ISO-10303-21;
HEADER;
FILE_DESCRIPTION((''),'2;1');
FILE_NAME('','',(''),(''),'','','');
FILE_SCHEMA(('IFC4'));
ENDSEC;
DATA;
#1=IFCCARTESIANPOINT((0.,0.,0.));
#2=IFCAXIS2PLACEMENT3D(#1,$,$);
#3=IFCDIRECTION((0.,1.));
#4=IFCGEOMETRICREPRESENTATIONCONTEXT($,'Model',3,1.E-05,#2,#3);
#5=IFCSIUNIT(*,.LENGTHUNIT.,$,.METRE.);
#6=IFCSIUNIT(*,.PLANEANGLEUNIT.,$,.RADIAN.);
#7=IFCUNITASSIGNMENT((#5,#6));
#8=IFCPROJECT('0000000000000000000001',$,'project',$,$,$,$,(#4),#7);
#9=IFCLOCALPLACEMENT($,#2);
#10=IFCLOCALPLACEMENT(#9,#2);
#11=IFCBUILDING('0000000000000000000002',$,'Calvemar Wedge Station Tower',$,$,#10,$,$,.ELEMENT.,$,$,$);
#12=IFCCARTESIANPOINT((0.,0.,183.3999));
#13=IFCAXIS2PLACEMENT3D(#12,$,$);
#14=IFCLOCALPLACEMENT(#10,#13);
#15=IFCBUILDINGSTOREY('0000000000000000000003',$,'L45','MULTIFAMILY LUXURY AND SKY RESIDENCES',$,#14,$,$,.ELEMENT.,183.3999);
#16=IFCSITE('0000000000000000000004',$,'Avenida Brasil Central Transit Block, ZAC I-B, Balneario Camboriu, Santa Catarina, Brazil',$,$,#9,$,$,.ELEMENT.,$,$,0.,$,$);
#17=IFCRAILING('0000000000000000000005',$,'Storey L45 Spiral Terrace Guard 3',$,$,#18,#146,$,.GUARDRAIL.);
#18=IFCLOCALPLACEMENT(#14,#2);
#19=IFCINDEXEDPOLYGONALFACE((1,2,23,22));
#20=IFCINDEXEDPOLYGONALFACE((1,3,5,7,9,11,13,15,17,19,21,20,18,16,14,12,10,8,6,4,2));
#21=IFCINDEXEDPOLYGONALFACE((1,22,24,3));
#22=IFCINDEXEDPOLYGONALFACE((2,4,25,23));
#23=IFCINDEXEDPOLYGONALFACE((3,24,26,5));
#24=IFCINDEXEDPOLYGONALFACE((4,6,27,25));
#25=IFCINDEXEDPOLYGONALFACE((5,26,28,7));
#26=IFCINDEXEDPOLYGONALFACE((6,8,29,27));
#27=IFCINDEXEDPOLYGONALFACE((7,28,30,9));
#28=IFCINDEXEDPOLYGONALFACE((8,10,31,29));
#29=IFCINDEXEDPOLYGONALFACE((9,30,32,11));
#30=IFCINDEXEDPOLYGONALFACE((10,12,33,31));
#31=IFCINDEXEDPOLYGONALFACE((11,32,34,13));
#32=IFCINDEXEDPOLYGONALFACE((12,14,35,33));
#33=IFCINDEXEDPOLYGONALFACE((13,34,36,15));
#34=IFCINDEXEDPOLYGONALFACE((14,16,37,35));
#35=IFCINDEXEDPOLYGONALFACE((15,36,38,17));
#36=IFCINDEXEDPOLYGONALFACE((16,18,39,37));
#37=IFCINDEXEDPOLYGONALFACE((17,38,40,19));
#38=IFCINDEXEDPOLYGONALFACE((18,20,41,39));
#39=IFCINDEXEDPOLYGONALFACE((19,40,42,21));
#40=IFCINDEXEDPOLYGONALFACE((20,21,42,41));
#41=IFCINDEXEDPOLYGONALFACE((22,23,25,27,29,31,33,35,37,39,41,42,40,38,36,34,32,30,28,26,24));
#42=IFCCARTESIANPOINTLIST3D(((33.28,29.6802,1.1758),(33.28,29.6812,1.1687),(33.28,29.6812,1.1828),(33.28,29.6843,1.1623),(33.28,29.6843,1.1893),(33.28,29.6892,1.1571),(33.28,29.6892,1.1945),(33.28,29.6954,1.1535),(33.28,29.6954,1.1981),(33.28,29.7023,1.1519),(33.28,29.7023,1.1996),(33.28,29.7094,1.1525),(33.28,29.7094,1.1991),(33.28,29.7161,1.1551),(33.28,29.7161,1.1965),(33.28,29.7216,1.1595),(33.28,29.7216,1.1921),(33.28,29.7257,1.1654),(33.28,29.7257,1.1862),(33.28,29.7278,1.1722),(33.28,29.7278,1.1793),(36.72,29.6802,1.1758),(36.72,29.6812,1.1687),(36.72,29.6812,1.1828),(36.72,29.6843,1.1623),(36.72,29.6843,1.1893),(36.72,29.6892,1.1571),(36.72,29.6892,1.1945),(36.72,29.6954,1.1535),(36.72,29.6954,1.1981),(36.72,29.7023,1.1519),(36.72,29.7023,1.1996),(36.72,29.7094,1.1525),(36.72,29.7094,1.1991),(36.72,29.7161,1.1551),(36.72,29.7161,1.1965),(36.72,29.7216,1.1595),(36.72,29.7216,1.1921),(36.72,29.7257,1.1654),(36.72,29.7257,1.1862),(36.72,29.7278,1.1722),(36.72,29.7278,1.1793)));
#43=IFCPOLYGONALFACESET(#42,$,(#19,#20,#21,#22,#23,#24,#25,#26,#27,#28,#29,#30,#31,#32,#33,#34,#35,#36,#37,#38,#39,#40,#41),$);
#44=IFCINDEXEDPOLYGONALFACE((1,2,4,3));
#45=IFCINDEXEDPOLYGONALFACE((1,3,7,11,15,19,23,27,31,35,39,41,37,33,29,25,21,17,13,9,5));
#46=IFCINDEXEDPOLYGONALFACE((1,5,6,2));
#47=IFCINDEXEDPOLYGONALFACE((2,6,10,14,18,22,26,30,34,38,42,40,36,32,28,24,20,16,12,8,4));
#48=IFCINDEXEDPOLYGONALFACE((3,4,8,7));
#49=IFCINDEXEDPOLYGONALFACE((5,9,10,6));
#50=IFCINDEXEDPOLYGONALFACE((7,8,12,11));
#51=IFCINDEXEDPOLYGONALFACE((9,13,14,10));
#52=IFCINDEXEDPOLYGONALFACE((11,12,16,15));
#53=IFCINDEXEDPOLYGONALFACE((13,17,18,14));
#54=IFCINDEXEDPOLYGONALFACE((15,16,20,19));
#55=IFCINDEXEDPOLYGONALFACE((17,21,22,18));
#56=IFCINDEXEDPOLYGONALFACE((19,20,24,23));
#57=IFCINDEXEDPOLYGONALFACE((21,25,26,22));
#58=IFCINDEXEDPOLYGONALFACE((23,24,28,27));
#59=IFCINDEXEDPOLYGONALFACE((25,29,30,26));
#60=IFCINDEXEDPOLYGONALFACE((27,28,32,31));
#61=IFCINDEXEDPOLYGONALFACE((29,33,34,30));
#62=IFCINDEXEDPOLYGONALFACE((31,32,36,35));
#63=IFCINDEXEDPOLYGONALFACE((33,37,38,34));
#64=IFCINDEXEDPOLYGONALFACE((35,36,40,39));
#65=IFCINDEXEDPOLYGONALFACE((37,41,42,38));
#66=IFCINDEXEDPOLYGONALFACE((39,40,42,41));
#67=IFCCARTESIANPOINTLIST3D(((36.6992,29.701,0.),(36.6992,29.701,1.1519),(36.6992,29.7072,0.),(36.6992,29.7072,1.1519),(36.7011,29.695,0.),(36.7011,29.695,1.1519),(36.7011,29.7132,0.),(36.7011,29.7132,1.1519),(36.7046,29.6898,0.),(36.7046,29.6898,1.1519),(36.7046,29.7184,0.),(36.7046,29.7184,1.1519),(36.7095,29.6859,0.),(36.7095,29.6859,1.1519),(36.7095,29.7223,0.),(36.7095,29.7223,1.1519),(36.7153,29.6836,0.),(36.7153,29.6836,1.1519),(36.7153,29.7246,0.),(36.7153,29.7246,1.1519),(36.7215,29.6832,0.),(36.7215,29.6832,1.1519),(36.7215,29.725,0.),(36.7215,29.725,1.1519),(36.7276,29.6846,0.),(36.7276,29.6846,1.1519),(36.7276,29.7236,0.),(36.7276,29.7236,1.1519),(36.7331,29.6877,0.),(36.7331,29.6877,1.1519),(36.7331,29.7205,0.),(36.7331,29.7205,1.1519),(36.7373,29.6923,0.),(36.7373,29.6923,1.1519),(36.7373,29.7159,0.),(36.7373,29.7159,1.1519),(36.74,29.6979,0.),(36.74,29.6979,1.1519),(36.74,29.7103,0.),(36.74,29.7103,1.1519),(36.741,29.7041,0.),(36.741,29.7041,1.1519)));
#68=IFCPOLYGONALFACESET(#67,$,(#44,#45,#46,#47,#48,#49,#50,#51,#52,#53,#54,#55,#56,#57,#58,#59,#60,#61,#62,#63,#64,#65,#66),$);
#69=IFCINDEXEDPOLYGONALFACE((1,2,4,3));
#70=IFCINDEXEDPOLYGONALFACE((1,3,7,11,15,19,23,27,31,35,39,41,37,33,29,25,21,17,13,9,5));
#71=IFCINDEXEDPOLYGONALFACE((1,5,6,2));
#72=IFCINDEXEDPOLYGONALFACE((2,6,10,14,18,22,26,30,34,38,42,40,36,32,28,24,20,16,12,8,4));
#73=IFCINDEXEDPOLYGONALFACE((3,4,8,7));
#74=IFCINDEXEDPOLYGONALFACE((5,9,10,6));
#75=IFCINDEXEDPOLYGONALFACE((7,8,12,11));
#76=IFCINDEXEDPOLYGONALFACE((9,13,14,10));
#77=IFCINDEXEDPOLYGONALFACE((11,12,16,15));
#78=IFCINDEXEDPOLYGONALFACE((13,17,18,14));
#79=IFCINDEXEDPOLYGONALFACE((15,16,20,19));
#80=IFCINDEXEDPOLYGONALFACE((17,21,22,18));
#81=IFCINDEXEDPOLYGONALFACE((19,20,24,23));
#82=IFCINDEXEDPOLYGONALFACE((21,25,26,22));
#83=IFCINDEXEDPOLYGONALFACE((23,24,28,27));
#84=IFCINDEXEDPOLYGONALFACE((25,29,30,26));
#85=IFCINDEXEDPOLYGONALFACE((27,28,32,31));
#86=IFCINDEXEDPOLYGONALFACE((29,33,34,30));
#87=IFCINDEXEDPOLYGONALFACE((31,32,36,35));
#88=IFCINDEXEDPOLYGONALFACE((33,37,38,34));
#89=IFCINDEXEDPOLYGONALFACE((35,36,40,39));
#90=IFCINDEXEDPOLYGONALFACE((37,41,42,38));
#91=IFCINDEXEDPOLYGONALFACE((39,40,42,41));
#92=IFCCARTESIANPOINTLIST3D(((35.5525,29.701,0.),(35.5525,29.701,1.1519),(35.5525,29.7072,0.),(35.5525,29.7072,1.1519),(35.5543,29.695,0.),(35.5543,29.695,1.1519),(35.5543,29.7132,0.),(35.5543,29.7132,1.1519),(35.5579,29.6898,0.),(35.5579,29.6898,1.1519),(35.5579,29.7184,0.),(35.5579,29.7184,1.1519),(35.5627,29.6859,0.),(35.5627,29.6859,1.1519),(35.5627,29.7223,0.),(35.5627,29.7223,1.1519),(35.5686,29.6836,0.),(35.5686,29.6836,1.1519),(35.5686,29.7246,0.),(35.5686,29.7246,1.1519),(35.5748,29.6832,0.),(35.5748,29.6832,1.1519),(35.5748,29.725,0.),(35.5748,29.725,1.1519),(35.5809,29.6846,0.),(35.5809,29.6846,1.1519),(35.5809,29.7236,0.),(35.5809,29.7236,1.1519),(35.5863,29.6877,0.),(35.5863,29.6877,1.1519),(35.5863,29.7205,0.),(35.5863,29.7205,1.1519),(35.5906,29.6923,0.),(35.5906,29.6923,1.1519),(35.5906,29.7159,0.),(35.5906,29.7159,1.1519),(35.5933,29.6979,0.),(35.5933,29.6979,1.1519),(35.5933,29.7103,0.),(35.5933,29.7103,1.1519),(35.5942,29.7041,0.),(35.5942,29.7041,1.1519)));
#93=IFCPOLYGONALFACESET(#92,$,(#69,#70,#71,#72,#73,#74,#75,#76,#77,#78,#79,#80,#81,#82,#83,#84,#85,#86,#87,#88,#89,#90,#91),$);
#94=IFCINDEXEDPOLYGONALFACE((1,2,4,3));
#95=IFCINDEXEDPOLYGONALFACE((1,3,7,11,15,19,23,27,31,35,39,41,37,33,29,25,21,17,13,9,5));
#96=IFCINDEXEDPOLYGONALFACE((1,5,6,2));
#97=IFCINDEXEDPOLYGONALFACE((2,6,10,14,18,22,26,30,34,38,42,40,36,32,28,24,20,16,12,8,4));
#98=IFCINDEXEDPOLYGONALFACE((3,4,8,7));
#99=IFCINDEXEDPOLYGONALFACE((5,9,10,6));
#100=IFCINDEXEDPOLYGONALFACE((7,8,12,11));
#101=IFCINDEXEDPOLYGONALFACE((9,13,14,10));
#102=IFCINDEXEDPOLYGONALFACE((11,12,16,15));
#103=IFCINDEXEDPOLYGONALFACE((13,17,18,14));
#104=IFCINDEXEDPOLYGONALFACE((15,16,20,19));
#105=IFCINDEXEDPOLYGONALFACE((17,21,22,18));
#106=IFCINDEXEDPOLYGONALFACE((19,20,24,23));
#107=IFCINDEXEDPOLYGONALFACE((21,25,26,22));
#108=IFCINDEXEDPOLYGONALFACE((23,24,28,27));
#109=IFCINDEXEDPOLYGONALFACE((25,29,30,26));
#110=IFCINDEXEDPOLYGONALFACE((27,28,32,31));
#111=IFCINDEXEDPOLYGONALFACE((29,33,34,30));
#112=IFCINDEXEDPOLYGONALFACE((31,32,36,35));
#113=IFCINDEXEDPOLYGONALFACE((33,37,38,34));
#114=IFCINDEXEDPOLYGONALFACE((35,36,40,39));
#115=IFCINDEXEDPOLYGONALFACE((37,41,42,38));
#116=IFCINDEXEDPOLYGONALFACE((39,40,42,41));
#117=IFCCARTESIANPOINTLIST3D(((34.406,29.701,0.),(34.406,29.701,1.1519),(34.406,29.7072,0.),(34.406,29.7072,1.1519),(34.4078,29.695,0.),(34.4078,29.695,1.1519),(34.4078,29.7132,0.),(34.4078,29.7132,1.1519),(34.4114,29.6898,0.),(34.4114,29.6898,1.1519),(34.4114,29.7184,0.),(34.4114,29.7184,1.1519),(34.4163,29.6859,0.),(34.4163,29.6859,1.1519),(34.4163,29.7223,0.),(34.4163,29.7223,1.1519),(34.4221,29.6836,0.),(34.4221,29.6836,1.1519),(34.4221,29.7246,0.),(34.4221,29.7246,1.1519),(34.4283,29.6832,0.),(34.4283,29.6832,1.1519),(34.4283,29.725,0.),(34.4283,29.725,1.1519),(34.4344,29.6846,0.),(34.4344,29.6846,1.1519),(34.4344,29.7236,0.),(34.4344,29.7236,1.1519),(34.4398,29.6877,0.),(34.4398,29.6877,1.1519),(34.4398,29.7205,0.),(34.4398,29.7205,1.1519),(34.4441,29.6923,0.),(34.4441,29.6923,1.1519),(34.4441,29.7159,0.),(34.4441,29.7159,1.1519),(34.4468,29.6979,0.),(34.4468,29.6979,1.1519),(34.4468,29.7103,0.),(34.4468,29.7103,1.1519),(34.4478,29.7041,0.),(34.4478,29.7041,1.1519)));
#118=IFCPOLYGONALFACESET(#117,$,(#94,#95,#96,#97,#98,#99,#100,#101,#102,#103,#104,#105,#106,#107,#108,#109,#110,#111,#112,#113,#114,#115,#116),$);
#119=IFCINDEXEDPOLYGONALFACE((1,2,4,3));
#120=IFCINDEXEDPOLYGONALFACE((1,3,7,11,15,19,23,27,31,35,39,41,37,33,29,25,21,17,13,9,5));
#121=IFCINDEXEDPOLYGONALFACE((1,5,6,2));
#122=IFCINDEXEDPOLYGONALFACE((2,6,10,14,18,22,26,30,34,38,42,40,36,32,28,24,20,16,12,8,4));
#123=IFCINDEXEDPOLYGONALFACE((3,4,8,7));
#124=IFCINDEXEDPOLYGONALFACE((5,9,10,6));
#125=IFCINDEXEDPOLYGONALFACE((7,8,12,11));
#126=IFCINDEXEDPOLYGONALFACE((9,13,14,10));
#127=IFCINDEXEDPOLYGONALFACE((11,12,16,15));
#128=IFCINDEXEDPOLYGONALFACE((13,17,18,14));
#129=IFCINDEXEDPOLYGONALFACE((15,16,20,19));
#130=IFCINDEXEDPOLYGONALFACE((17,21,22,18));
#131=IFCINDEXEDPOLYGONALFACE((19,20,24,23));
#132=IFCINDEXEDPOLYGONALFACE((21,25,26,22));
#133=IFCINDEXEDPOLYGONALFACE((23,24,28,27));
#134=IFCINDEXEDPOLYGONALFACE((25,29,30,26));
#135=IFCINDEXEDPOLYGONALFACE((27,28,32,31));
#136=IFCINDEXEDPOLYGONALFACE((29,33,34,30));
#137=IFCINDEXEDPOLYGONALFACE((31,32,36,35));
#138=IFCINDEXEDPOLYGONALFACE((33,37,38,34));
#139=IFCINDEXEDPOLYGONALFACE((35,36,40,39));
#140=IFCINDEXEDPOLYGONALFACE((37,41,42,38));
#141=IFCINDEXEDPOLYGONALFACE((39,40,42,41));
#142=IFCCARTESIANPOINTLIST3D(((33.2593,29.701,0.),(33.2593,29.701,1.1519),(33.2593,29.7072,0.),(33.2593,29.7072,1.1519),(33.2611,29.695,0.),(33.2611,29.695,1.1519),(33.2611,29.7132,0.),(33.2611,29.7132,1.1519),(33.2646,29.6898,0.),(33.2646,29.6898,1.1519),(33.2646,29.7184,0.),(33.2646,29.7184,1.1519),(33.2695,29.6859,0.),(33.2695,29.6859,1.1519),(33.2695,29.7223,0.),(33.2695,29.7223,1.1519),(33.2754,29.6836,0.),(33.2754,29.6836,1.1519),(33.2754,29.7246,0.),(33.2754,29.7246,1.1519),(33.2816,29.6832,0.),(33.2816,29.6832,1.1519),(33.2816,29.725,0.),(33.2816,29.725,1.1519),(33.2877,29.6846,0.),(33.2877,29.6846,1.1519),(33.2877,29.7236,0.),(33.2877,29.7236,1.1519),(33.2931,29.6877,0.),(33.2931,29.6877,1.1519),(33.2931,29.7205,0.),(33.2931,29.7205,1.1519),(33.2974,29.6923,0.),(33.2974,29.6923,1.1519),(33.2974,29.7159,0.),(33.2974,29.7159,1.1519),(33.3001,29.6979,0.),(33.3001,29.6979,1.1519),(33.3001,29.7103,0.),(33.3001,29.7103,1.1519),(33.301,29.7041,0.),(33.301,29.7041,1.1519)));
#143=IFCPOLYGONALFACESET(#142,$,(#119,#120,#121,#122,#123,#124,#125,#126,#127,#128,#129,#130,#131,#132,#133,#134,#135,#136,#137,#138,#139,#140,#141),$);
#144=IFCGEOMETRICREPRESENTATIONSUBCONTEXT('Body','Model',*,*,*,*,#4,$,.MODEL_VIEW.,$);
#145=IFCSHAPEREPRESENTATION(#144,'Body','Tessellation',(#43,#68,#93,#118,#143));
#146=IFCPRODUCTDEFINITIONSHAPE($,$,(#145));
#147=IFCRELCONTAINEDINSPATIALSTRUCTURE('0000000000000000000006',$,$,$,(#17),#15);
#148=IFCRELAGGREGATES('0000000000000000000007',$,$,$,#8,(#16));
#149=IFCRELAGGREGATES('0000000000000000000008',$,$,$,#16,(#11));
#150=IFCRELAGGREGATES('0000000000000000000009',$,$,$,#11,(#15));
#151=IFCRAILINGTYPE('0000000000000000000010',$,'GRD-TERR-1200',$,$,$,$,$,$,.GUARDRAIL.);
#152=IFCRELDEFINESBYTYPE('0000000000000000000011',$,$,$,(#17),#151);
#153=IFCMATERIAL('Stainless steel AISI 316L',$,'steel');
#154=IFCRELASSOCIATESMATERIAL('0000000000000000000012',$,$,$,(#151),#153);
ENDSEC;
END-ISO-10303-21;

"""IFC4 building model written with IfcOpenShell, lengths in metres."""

from ifc_helpers import new_model, si_unit, direction, frame, origin, origin_2d, place, context, subcontext, project, spatial, circle, extrude, material, type_object, element, save


model = new_model("IFC4")

# Units and contexts
model_context = context("Model", 3, precision=1e-05, world=origin(), true_north=direction((0.0, 1.0)))
body_context = subcontext(model_context, "Body", "Model", "MODEL_VIEW")
ifc_project = project(units=[si_unit("LENGTHUNIT", "METRE"), si_unit("PLANEANGLEUNIT", "RADIAN")], contexts=[model_context])

# Site, building, storey
site_placement = place(None, origin())
site = spatial("IfcSite", under=ifc_project, at=site_placement, Name="Avenida Brasil Central Transit Block, ZAC I-B, Balneario Camboriu, Santa Catarina, Brazil", CompositionType="ELEMENT", RefElevation=0.0)
building_placement = place(site_placement, origin())
building = spatial("IfcBuilding", under=site, at=building_placement, Name="Calvemar Wedge Station Tower", CompositionType="ELEMENT")
storey_placement = place(building_placement, frame((0.0, 0.0, 183.3999)))
storey = spatial("IfcBuildingStorey", under=building, at=storey_placement, Name="L45", Description="MULTIFAMILY LUXURY AND SKY RESIDENCES", CompositionType="ELEMENT", Elevation=183.3999)

# Railing
ifc_material_1 = material(Name="Stainless steel AISI 316L", Category="steel")
railing_type = type_object("IfcRailingType", Name="GRD-TERR-1200", PredefinedType="GUARDRAIL", material=ifc_material_1)
railing_1_placement = place(storey_placement, frame((36.72, 29.7041, 0.0)))
element("IfcRailing", 1, at=railing_1_placement, inside=storey, type_object=railing_type, Name="Storey L45 Spiral Terrace Guard 3", PredefinedType="GUARDRAIL", context=body_context, shape_type="SweptSolid", body=[
    extrude(circle(Radius=0.0239, at=origin_2d()), frame((0.0, 0.0, 1.1758), z_axis=(-1.0, 0.0, 0.0), x_axis=(0.0, -1.0, 0.0)), (0.0, 0.0, 1.0), 3.4399),
    extrude(circle(Radius=0.021, at=origin_2d()), origin(), (0.0, 0.0, 1.0), 1.1519),
    extrude(circle(Radius=0.021, at=origin_2d()), frame((-1.1467, 0.0, 0.0)), (0.0, 0.0, 1.0), 1.1519),
    extrude(circle(Radius=0.021, at=origin_2d()), frame((-2.2932, 0.0, 0.0)), (0.0, 0.0, 1.0), 1.1519),
    extrude(circle(Radius=0.021, at=origin_2d()), frame((-3.4399, 0.0, 0.0)), (0.0, 0.0, 1.0), 1.1519),
])

save(model, "model.ifc")
